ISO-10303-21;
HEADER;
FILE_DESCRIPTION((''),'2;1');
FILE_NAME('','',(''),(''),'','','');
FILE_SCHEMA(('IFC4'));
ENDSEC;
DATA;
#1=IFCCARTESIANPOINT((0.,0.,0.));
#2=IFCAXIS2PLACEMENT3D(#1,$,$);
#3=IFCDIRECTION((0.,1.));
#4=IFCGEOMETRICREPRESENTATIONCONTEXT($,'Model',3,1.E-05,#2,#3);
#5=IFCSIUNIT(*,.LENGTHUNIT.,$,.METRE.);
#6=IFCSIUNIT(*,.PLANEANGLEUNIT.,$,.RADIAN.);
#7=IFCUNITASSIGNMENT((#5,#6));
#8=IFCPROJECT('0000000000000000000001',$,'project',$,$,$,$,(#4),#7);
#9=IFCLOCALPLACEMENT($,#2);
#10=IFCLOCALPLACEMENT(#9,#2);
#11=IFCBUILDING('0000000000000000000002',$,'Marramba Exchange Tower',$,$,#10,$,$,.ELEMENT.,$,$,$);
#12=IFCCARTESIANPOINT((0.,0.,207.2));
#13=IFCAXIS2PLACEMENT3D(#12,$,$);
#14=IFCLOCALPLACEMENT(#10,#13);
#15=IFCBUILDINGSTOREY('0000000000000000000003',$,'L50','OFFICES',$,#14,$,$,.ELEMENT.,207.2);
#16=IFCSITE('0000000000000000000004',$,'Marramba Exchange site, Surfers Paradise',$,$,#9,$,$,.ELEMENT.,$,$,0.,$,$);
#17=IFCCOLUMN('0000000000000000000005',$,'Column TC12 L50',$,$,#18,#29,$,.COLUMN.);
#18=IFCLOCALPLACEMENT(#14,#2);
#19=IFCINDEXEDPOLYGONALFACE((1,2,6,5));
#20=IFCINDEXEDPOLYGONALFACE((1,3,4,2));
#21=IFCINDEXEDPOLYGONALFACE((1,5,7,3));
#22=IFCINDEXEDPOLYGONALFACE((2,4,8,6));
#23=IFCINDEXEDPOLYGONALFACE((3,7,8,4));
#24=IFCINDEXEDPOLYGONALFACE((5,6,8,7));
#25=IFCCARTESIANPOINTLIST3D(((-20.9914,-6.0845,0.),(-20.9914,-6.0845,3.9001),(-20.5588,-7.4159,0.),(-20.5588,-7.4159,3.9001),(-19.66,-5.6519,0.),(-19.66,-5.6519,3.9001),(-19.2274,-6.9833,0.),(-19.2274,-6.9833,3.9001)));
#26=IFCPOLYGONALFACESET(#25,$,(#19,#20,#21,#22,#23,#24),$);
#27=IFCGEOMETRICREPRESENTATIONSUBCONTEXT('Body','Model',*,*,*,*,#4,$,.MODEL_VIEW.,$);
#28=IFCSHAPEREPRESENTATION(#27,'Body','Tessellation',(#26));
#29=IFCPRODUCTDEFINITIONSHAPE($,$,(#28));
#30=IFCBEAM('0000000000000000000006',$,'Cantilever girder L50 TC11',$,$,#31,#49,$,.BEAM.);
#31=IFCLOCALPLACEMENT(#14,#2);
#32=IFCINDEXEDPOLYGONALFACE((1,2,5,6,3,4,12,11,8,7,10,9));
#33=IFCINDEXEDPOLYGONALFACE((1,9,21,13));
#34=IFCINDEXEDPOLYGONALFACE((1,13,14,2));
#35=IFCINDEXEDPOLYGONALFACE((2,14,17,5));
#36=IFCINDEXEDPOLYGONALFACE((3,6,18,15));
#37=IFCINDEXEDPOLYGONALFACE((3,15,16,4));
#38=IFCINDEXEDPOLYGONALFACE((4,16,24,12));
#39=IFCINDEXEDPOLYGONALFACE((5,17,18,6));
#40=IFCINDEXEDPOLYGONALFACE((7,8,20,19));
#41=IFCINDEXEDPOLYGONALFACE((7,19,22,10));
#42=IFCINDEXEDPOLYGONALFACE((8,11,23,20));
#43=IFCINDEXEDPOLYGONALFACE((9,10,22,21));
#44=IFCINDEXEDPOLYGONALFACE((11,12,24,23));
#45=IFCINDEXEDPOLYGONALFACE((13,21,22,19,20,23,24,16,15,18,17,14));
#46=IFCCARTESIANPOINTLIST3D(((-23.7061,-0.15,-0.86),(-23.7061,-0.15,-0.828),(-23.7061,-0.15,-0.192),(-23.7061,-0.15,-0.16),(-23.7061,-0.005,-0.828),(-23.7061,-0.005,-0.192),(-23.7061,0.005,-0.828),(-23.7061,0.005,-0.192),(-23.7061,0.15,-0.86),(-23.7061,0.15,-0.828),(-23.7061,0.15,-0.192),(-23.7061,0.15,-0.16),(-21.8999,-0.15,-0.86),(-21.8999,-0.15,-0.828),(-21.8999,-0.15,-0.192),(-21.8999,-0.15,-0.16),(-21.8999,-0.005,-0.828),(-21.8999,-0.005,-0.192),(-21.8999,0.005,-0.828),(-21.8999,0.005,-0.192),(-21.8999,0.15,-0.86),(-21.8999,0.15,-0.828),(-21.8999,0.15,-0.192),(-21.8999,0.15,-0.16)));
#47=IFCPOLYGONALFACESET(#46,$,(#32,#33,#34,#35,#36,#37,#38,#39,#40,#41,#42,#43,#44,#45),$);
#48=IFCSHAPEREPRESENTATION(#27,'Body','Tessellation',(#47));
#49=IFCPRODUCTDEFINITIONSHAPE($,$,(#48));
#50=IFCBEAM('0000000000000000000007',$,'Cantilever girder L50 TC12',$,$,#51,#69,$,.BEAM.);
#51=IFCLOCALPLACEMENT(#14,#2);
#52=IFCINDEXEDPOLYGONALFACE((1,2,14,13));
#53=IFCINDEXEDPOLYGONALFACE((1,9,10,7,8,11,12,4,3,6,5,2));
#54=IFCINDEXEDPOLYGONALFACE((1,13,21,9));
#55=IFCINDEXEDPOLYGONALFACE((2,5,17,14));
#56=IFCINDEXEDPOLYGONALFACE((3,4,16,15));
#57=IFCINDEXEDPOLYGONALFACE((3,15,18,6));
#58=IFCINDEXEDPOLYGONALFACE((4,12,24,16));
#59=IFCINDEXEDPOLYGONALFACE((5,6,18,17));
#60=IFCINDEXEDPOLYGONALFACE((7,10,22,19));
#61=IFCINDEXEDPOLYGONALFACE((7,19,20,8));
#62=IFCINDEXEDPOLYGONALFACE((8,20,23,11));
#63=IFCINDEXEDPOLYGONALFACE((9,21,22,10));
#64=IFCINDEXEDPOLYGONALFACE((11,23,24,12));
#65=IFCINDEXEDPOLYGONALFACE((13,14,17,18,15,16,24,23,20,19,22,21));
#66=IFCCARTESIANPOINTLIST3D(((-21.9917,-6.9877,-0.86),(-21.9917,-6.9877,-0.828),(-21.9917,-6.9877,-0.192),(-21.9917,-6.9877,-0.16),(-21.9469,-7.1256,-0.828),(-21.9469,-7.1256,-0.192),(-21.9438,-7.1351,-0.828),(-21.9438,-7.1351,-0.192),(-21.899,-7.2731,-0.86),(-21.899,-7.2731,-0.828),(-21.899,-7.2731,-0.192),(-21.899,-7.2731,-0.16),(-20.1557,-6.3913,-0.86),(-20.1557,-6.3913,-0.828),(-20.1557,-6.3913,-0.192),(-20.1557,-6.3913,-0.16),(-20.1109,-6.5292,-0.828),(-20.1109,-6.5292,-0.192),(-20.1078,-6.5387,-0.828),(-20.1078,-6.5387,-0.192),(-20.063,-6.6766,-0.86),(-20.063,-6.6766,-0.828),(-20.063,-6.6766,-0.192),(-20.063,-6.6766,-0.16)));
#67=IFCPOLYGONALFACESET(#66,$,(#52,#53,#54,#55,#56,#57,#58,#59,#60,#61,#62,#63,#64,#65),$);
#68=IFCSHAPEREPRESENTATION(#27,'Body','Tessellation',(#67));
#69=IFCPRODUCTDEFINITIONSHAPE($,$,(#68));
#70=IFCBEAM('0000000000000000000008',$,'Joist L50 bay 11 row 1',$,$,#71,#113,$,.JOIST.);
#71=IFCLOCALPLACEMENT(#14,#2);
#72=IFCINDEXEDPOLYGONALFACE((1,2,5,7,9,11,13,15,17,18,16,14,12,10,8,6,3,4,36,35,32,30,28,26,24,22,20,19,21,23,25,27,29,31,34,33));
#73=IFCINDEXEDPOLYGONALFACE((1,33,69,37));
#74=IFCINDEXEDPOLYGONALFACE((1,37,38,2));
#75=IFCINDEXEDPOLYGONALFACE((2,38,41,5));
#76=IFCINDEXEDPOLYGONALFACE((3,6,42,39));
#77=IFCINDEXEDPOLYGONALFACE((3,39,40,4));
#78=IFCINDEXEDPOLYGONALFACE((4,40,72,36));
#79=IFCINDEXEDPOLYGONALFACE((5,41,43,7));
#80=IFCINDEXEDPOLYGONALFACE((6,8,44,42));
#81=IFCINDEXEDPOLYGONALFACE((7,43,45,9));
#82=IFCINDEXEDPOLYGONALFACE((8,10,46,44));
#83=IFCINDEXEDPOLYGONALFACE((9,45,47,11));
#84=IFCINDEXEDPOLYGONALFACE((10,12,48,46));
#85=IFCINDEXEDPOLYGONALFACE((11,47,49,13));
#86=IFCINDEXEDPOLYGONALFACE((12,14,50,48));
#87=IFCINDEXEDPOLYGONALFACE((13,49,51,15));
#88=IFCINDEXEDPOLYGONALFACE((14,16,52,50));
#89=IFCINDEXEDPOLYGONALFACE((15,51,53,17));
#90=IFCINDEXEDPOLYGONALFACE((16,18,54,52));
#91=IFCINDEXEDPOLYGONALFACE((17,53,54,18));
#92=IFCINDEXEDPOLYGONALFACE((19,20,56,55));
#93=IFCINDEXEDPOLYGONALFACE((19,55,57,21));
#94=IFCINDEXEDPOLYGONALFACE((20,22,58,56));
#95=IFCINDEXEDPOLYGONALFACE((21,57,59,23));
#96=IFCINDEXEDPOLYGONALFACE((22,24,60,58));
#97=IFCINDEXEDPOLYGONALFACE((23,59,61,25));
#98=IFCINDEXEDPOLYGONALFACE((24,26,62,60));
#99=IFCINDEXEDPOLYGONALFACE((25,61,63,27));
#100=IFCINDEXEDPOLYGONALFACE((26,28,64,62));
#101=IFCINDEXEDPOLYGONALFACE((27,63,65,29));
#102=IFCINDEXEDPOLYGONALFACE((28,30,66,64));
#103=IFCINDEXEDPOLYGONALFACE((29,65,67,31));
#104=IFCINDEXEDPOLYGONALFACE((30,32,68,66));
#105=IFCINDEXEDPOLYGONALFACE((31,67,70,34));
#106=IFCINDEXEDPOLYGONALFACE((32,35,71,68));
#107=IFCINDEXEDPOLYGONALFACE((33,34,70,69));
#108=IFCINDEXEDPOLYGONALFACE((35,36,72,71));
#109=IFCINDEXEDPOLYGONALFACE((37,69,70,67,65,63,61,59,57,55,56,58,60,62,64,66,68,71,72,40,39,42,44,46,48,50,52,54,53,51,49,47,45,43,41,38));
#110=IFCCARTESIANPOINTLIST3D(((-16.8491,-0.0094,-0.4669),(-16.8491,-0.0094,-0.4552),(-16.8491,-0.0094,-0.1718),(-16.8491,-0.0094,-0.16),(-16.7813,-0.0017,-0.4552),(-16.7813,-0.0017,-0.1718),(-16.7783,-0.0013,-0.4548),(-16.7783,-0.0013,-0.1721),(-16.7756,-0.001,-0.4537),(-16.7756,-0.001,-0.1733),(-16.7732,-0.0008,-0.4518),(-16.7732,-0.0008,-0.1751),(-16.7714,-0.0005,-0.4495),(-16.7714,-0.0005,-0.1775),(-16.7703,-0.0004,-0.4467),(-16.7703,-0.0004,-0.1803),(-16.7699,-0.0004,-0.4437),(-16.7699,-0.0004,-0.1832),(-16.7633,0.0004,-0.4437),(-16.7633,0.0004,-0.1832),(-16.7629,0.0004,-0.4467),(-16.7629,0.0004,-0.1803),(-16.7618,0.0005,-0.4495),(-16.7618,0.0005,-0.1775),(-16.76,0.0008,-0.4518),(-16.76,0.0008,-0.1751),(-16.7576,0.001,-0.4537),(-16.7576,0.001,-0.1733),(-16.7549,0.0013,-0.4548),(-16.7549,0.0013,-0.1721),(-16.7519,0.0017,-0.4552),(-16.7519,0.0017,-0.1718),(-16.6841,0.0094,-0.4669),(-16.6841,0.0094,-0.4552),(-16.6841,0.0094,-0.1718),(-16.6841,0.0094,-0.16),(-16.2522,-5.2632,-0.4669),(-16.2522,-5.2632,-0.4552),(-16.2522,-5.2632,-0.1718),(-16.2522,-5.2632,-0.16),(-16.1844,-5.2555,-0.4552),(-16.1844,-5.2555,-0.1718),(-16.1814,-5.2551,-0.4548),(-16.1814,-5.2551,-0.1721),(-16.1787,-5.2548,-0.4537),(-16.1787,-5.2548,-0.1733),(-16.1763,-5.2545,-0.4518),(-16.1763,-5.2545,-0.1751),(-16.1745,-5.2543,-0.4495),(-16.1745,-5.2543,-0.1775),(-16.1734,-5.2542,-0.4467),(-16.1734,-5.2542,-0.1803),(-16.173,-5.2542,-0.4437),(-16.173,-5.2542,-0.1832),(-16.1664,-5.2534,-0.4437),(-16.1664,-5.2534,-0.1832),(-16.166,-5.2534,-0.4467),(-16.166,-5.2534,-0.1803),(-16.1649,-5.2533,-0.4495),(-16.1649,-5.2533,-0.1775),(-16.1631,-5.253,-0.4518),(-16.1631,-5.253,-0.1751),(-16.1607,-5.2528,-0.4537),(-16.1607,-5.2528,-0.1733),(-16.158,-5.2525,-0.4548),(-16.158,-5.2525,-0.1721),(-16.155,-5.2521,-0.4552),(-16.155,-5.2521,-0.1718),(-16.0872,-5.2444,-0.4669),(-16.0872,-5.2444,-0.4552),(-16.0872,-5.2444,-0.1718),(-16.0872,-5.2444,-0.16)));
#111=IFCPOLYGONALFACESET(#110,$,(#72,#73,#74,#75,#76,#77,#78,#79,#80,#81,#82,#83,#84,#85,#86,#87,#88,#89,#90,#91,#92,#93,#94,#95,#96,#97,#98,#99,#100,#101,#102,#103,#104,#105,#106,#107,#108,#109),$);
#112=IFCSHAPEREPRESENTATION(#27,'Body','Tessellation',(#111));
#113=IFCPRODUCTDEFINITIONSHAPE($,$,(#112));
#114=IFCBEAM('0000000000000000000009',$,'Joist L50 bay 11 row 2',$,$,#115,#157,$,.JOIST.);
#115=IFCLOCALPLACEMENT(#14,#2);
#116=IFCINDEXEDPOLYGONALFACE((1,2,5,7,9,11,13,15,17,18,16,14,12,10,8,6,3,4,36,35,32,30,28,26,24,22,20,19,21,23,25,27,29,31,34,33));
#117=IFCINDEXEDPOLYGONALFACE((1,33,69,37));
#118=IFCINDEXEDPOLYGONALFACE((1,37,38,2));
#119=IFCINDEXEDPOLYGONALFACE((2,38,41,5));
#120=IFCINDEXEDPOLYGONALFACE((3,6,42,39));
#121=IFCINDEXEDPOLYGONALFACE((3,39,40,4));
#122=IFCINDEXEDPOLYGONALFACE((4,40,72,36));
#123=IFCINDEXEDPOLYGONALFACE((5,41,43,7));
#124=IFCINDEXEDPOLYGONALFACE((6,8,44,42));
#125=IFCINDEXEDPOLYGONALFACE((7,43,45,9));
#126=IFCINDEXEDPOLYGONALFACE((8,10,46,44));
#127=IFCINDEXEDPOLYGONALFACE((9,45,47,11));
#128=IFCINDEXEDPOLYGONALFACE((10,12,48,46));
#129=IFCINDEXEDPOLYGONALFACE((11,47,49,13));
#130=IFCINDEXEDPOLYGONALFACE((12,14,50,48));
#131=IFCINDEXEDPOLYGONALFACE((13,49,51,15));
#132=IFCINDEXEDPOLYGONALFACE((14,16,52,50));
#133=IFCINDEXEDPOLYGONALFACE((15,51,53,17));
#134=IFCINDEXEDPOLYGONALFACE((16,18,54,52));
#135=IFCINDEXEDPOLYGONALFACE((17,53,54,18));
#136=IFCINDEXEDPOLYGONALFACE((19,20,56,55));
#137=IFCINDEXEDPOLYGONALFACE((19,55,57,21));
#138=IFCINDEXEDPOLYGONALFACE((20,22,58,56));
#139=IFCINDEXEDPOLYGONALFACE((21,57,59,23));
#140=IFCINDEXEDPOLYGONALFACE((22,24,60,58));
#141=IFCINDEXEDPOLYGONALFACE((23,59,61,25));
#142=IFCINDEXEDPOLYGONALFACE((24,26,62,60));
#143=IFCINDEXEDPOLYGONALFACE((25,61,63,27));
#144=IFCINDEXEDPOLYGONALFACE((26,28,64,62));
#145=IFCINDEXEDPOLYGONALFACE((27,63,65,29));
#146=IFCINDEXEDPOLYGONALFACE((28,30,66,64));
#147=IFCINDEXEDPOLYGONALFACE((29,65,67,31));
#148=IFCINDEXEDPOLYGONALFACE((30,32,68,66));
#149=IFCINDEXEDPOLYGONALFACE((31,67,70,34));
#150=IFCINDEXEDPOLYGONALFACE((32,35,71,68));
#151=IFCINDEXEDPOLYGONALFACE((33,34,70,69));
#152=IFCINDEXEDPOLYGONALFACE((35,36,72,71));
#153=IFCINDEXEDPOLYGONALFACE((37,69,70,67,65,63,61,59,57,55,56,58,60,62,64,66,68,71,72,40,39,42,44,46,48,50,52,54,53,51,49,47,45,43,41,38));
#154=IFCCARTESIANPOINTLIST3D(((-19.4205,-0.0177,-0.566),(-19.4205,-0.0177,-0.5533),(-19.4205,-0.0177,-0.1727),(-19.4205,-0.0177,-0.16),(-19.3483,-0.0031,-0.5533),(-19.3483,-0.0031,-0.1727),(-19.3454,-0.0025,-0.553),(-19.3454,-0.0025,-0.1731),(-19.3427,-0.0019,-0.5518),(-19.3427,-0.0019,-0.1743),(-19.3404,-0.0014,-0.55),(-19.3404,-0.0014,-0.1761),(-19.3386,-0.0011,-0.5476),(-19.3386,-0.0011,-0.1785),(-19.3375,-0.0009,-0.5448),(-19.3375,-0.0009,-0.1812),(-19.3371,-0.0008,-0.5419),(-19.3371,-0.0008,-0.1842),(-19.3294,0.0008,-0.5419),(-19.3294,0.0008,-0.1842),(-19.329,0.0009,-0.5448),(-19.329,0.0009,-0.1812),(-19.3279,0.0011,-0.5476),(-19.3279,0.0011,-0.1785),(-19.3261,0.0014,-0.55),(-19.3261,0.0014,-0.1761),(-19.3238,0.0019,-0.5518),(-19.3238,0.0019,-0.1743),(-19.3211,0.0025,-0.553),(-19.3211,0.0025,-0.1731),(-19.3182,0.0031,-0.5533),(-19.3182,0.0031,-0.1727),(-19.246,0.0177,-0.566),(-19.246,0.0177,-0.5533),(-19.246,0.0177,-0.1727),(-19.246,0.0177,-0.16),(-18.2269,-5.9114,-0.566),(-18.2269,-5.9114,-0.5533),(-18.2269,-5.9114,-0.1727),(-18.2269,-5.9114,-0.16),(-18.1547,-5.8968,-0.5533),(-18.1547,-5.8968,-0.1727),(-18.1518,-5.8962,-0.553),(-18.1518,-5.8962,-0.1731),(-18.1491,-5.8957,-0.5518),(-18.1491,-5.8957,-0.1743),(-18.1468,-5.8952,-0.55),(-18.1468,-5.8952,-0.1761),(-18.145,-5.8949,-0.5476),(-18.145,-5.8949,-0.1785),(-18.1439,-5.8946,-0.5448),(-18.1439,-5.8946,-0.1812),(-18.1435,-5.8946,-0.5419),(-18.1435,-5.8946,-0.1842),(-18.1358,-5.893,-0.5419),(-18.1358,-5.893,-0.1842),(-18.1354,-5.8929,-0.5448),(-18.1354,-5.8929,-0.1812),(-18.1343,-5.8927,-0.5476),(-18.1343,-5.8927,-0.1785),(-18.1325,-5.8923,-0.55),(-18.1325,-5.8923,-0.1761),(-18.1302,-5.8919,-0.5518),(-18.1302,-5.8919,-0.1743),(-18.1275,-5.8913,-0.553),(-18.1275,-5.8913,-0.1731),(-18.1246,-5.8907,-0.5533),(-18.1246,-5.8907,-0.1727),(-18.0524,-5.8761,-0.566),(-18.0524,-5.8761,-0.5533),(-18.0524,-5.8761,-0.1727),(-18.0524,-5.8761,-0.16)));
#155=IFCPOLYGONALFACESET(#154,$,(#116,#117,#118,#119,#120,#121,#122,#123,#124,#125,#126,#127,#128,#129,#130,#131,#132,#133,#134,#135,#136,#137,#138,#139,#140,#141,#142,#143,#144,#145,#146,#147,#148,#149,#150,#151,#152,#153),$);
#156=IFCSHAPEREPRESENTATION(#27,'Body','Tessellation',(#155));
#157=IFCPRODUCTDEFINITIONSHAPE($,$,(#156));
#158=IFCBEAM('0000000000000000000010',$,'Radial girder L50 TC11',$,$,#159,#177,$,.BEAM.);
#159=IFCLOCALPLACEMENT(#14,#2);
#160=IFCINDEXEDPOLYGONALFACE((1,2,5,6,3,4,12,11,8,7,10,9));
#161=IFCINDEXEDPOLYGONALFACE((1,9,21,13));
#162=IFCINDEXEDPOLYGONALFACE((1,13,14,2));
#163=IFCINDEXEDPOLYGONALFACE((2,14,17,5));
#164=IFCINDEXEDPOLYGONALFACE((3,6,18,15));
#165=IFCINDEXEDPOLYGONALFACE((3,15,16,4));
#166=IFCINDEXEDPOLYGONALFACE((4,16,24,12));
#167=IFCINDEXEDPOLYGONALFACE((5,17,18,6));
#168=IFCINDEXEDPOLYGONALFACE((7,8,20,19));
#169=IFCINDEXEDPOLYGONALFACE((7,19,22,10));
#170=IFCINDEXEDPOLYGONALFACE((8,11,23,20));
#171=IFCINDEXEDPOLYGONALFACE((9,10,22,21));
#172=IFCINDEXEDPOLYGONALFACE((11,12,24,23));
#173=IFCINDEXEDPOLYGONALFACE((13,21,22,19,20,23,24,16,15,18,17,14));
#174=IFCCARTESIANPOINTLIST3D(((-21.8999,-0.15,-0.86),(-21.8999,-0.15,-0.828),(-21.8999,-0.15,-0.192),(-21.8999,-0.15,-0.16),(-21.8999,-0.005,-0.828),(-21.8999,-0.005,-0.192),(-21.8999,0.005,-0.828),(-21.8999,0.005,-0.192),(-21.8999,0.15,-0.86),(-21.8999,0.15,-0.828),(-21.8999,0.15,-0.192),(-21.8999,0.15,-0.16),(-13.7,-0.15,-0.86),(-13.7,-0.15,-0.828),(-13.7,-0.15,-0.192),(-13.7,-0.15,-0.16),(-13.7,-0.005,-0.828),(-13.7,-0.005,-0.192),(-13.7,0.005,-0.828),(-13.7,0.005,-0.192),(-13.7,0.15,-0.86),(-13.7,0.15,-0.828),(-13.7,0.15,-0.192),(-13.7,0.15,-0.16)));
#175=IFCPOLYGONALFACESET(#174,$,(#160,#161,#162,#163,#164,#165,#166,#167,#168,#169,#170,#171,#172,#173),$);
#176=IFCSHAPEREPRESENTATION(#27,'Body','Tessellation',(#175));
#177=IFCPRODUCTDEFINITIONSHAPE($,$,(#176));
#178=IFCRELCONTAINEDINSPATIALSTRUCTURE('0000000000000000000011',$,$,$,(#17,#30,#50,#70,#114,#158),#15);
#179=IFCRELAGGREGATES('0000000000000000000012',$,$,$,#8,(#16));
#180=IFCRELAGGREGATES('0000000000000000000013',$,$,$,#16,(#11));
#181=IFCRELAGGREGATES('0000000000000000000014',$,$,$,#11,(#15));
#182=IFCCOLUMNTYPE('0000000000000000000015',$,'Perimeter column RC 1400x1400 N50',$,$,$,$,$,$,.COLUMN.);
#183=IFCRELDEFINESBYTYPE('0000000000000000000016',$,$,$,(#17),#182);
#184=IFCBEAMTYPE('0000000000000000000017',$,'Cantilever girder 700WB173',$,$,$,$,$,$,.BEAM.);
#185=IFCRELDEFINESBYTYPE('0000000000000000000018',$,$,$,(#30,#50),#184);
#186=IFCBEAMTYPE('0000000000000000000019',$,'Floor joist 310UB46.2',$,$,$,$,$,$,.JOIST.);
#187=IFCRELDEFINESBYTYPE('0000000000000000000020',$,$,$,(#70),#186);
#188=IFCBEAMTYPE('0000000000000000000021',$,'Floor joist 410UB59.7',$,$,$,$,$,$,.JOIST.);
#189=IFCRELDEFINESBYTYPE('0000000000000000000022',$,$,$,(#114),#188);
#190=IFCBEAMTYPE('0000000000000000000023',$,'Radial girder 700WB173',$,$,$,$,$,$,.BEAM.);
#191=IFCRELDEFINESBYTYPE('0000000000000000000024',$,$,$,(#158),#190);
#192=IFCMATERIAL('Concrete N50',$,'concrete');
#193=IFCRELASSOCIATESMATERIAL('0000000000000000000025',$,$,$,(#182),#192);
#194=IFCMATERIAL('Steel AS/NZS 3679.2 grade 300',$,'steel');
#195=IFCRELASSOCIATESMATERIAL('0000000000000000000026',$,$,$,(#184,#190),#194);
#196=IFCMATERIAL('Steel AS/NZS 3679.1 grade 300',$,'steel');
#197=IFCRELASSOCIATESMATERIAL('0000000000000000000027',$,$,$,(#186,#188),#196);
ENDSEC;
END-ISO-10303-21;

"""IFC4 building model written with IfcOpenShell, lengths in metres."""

from ifc_helpers import new_model, si_unit, direction, frame, origin, origin_2d, place, context, subcontext, project, spatial, rectangle, i_section, extrude, material, material_profile, profile_set, type_object, element, save


model = new_model("IFC4")

# Units and contexts
model_context = context("Model", 3, precision=1e-05, world=origin(), true_north=direction((0.0, 1.0)))
body_context = subcontext(model_context, "Body", "Model", "MODEL_VIEW")
ifc_project = project(units=[si_unit("LENGTHUNIT", "METRE"), si_unit("PLANEANGLEUNIT", "RADIAN")], contexts=[model_context])

# Site, building, storey
site_placement = place(None, origin())
site = spatial("IfcSite", under=ifc_project, at=site_placement, Name="Marramba Exchange site, Surfers Paradise", CompositionType="ELEMENT", RefElevation=0.0)
building_placement = place(site_placement, origin())
building = spatial("IfcBuilding", under=site, at=building_placement, Name="Marramba Exchange Tower", CompositionType="ELEMENT")
storey_placement = place(building_placement, frame((0.0, 0.0, 207.2)))
storey = spatial("IfcBuildingStorey", under=building, at=storey_placement, Name="L50", Description="OFFICES", CompositionType="ELEMENT", Elevation=207.2)

# Column
ifc_material_1 = material(Name="Concrete N50", Category="concrete")
ifc_material_profile_1 = material_profile(ifc_material_1, rectangle(XDim=1.3999, YDim=1.3999, at=origin_2d()), Name="RC 1400x1400")
ifc_profile_set_1 = profile_set([ifc_material_profile_1], Name="Concrete N50")
column_type = type_object("IfcColumnType", Name="Perimeter column RC 1400x1400 N50", PredefinedType="COLUMN", material=ifc_profile_set_1)
column_placement = place(storey_placement, frame((-20.1094, -6.5339, 0.0), z_axis=(0.0, 0.0, 1.0), x_axis=(-0.951057, -0.309017, 0.0)))
element("IfcColumn", 1, at=column_placement, inside=storey, type_object=column_type, Name="Column TC12 L50", PredefinedType="COLUMN", context=body_context, shape_type="SweptSolid", body=[
    extrude(rectangle(XDim=1.3999, YDim=1.3999, at=origin_2d()), origin(), (0.0, 0.0, 1.0), 3.9001),
])

# Beams
ifc_material_2 = material(Name="Steel AS/NZS 3679.2 grade 300", Category="steel")
ifc_material_profile_2 = material_profile(ifc_material_2, i_section(OverallWidth=0.3, OverallDepth=0.7, WebThickness=0.01, FlangeThickness=0.032, at=origin_2d()), Name="700WB173")
ifc_profile_set_2 = profile_set([ifc_material_profile_2], Name="Steel AS/NZS 3679.2 grade 300")
beam_type_1 = type_object("IfcBeamType", Name="Cantilever girder 700WB173", PredefinedType="BEAM", material=ifc_profile_set_2)
beam_1_placement = place(storey_placement, frame((-21.8999, 0.0, -0.51), z_axis=(-1.0, 0.0, 0.0), x_axis=(0.0, -1.0, 0.0)))
element("IfcBeam", 2, at=beam_1_placement, inside=storey, type_object=beam_type_1, Name="Cantilever girder L50 TC11", PredefinedType="BEAM", context=body_context, shape_type="SweptSolid", body=[
    extrude(i_section(OverallWidth=0.3, OverallDepth=0.7, WebThickness=0.01, FlangeThickness=0.032, at=origin_2d()), origin(), (0.0, 0.0, 1.0), 1.8062),
])
beam_2_placement = place(storey_placement, frame((-20.1094, -6.5339, -0.51), z_axis=(-0.951071, -0.308972, 0.0), x_axis=(0.308972, -0.951071, 0.0)))
element("IfcBeam", 3, at=beam_2_placement, inside=storey, type_object=beam_type_1, Name="Cantilever girder L50 TC12", PredefinedType="BEAM", context=body_context, shape_type="SweptSolid", body=[
    extrude(i_section(OverallWidth=0.3, OverallDepth=0.7, WebThickness=0.01, FlangeThickness=0.032, at=origin_2d()), origin(), (0.0, 0.0, 1.0), 1.9304),
])
ifc_material_3 = material(Name="Steel AS/NZS 3679.1 grade 300", Category="steel")
ifc_material_profile_3 = material_profile(ifc_material_3, i_section(OverallWidth=0.166, OverallDepth=0.3069, WebThickness=0.0066, FlangeThickness=0.0117, FilletRadius=0.0115, at=origin_2d()), Name="310UB46.2")
ifc_profile_set_3 = profile_set([ifc_material_profile_3], Name="Steel AS/NZS 3679.1 grade 300")
beam_type_2 = type_object("IfcBeamType", Name="Floor joist 310UB46.2", PredefinedType="JOIST", material=ifc_profile_set_3)
beam_3_placement = place(storey_placement, frame((-16.7666, 0.0, -0.3135), z_axis=(0.112889, -0.993608, 0.0), x_axis=(0.993608, 0.112889, 0.0)))
element("IfcBeam", 4, at=beam_3_placement, inside=storey, type_object=beam_type_2, Name="Joist L50 bay 11 row 1", PredefinedType="JOIST", context=body_context, shape_type="SweptSolid", body=[
    extrude(i_section(OverallWidth=0.166, OverallDepth=0.3069, WebThickness=0.0066, FlangeThickness=0.0117, FilletRadius=0.0115, at=origin_2d()), origin(), (0.0, 0.0, 1.0), 5.2876),
])
ifc_material_profile_4 = material_profile(ifc_material_3, i_section(OverallWidth=0.178, OverallDepth=0.406, WebThickness=0.0078, FlangeThickness=0.0127, FilletRadius=0.0115, at=origin_2d()), Name="410UB59.7")
ifc_profile_set_4 = profile_set([ifc_material_profile_4], Name="Steel AS/NZS 3679.1 grade 300")
beam_type_3 = type_object("IfcBeamType", Name="Floor joist 410UB59.7", PredefinedType="JOIST", material=ifc_profile_set_4)
beam_4_placement = place(storey_placement, frame((-19.3333, 0.0, -0.363), z_axis=(0.198489, -0.980103, 0.0), x_axis=(0.980103, 0.198489, 0.0)))
element("IfcBeam", 5, at=beam_4_placement, inside=storey, type_object=beam_type_3, Name="Joist L50 bay 11 row 2", PredefinedType="JOIST", context=body_context, shape_type="SweptSolid", body=[
    extrude(i_section(OverallWidth=0.178, OverallDepth=0.406, WebThickness=0.0078, FlangeThickness=0.0127, FilletRadius=0.0115, at=origin_2d()), origin(), (0.0, 0.0, 1.0), 6.0134),
])
ifc_material_profile_5 = material_profile(ifc_material_2, i_section(OverallWidth=0.3, OverallDepth=0.7, WebThickness=0.01, FlangeThickness=0.032, at=origin_2d()), Name="700WB173")
ifc_profile_set_5 = profile_set([ifc_material_profile_5], Name="Steel AS/NZS 3679.2 grade 300")
beam_type_4 = type_object("IfcBeamType", Name="Radial girder 700WB173", PredefinedType="BEAM", material=ifc_profile_set_5)
beam_5_placement = place(storey_placement, frame((-13.7, 0.0, -0.51), z_axis=(-1.0, 0.0, 0.0), x_axis=(0.0, -1.0, 0.0)))
element("IfcBeam", 6, at=beam_5_placement, inside=storey, type_object=beam_type_4, Name="Radial girder L50 TC11", PredefinedType="BEAM", context=body_context, shape_type="SweptSolid", body=[
    extrude(i_section(OverallWidth=0.3, OverallDepth=0.7, WebThickness=0.01, FlangeThickness=0.032, at=origin_2d()), origin(), (0.0, 0.0, 1.0), 8.2),
])

save(model, "model.ifc")
